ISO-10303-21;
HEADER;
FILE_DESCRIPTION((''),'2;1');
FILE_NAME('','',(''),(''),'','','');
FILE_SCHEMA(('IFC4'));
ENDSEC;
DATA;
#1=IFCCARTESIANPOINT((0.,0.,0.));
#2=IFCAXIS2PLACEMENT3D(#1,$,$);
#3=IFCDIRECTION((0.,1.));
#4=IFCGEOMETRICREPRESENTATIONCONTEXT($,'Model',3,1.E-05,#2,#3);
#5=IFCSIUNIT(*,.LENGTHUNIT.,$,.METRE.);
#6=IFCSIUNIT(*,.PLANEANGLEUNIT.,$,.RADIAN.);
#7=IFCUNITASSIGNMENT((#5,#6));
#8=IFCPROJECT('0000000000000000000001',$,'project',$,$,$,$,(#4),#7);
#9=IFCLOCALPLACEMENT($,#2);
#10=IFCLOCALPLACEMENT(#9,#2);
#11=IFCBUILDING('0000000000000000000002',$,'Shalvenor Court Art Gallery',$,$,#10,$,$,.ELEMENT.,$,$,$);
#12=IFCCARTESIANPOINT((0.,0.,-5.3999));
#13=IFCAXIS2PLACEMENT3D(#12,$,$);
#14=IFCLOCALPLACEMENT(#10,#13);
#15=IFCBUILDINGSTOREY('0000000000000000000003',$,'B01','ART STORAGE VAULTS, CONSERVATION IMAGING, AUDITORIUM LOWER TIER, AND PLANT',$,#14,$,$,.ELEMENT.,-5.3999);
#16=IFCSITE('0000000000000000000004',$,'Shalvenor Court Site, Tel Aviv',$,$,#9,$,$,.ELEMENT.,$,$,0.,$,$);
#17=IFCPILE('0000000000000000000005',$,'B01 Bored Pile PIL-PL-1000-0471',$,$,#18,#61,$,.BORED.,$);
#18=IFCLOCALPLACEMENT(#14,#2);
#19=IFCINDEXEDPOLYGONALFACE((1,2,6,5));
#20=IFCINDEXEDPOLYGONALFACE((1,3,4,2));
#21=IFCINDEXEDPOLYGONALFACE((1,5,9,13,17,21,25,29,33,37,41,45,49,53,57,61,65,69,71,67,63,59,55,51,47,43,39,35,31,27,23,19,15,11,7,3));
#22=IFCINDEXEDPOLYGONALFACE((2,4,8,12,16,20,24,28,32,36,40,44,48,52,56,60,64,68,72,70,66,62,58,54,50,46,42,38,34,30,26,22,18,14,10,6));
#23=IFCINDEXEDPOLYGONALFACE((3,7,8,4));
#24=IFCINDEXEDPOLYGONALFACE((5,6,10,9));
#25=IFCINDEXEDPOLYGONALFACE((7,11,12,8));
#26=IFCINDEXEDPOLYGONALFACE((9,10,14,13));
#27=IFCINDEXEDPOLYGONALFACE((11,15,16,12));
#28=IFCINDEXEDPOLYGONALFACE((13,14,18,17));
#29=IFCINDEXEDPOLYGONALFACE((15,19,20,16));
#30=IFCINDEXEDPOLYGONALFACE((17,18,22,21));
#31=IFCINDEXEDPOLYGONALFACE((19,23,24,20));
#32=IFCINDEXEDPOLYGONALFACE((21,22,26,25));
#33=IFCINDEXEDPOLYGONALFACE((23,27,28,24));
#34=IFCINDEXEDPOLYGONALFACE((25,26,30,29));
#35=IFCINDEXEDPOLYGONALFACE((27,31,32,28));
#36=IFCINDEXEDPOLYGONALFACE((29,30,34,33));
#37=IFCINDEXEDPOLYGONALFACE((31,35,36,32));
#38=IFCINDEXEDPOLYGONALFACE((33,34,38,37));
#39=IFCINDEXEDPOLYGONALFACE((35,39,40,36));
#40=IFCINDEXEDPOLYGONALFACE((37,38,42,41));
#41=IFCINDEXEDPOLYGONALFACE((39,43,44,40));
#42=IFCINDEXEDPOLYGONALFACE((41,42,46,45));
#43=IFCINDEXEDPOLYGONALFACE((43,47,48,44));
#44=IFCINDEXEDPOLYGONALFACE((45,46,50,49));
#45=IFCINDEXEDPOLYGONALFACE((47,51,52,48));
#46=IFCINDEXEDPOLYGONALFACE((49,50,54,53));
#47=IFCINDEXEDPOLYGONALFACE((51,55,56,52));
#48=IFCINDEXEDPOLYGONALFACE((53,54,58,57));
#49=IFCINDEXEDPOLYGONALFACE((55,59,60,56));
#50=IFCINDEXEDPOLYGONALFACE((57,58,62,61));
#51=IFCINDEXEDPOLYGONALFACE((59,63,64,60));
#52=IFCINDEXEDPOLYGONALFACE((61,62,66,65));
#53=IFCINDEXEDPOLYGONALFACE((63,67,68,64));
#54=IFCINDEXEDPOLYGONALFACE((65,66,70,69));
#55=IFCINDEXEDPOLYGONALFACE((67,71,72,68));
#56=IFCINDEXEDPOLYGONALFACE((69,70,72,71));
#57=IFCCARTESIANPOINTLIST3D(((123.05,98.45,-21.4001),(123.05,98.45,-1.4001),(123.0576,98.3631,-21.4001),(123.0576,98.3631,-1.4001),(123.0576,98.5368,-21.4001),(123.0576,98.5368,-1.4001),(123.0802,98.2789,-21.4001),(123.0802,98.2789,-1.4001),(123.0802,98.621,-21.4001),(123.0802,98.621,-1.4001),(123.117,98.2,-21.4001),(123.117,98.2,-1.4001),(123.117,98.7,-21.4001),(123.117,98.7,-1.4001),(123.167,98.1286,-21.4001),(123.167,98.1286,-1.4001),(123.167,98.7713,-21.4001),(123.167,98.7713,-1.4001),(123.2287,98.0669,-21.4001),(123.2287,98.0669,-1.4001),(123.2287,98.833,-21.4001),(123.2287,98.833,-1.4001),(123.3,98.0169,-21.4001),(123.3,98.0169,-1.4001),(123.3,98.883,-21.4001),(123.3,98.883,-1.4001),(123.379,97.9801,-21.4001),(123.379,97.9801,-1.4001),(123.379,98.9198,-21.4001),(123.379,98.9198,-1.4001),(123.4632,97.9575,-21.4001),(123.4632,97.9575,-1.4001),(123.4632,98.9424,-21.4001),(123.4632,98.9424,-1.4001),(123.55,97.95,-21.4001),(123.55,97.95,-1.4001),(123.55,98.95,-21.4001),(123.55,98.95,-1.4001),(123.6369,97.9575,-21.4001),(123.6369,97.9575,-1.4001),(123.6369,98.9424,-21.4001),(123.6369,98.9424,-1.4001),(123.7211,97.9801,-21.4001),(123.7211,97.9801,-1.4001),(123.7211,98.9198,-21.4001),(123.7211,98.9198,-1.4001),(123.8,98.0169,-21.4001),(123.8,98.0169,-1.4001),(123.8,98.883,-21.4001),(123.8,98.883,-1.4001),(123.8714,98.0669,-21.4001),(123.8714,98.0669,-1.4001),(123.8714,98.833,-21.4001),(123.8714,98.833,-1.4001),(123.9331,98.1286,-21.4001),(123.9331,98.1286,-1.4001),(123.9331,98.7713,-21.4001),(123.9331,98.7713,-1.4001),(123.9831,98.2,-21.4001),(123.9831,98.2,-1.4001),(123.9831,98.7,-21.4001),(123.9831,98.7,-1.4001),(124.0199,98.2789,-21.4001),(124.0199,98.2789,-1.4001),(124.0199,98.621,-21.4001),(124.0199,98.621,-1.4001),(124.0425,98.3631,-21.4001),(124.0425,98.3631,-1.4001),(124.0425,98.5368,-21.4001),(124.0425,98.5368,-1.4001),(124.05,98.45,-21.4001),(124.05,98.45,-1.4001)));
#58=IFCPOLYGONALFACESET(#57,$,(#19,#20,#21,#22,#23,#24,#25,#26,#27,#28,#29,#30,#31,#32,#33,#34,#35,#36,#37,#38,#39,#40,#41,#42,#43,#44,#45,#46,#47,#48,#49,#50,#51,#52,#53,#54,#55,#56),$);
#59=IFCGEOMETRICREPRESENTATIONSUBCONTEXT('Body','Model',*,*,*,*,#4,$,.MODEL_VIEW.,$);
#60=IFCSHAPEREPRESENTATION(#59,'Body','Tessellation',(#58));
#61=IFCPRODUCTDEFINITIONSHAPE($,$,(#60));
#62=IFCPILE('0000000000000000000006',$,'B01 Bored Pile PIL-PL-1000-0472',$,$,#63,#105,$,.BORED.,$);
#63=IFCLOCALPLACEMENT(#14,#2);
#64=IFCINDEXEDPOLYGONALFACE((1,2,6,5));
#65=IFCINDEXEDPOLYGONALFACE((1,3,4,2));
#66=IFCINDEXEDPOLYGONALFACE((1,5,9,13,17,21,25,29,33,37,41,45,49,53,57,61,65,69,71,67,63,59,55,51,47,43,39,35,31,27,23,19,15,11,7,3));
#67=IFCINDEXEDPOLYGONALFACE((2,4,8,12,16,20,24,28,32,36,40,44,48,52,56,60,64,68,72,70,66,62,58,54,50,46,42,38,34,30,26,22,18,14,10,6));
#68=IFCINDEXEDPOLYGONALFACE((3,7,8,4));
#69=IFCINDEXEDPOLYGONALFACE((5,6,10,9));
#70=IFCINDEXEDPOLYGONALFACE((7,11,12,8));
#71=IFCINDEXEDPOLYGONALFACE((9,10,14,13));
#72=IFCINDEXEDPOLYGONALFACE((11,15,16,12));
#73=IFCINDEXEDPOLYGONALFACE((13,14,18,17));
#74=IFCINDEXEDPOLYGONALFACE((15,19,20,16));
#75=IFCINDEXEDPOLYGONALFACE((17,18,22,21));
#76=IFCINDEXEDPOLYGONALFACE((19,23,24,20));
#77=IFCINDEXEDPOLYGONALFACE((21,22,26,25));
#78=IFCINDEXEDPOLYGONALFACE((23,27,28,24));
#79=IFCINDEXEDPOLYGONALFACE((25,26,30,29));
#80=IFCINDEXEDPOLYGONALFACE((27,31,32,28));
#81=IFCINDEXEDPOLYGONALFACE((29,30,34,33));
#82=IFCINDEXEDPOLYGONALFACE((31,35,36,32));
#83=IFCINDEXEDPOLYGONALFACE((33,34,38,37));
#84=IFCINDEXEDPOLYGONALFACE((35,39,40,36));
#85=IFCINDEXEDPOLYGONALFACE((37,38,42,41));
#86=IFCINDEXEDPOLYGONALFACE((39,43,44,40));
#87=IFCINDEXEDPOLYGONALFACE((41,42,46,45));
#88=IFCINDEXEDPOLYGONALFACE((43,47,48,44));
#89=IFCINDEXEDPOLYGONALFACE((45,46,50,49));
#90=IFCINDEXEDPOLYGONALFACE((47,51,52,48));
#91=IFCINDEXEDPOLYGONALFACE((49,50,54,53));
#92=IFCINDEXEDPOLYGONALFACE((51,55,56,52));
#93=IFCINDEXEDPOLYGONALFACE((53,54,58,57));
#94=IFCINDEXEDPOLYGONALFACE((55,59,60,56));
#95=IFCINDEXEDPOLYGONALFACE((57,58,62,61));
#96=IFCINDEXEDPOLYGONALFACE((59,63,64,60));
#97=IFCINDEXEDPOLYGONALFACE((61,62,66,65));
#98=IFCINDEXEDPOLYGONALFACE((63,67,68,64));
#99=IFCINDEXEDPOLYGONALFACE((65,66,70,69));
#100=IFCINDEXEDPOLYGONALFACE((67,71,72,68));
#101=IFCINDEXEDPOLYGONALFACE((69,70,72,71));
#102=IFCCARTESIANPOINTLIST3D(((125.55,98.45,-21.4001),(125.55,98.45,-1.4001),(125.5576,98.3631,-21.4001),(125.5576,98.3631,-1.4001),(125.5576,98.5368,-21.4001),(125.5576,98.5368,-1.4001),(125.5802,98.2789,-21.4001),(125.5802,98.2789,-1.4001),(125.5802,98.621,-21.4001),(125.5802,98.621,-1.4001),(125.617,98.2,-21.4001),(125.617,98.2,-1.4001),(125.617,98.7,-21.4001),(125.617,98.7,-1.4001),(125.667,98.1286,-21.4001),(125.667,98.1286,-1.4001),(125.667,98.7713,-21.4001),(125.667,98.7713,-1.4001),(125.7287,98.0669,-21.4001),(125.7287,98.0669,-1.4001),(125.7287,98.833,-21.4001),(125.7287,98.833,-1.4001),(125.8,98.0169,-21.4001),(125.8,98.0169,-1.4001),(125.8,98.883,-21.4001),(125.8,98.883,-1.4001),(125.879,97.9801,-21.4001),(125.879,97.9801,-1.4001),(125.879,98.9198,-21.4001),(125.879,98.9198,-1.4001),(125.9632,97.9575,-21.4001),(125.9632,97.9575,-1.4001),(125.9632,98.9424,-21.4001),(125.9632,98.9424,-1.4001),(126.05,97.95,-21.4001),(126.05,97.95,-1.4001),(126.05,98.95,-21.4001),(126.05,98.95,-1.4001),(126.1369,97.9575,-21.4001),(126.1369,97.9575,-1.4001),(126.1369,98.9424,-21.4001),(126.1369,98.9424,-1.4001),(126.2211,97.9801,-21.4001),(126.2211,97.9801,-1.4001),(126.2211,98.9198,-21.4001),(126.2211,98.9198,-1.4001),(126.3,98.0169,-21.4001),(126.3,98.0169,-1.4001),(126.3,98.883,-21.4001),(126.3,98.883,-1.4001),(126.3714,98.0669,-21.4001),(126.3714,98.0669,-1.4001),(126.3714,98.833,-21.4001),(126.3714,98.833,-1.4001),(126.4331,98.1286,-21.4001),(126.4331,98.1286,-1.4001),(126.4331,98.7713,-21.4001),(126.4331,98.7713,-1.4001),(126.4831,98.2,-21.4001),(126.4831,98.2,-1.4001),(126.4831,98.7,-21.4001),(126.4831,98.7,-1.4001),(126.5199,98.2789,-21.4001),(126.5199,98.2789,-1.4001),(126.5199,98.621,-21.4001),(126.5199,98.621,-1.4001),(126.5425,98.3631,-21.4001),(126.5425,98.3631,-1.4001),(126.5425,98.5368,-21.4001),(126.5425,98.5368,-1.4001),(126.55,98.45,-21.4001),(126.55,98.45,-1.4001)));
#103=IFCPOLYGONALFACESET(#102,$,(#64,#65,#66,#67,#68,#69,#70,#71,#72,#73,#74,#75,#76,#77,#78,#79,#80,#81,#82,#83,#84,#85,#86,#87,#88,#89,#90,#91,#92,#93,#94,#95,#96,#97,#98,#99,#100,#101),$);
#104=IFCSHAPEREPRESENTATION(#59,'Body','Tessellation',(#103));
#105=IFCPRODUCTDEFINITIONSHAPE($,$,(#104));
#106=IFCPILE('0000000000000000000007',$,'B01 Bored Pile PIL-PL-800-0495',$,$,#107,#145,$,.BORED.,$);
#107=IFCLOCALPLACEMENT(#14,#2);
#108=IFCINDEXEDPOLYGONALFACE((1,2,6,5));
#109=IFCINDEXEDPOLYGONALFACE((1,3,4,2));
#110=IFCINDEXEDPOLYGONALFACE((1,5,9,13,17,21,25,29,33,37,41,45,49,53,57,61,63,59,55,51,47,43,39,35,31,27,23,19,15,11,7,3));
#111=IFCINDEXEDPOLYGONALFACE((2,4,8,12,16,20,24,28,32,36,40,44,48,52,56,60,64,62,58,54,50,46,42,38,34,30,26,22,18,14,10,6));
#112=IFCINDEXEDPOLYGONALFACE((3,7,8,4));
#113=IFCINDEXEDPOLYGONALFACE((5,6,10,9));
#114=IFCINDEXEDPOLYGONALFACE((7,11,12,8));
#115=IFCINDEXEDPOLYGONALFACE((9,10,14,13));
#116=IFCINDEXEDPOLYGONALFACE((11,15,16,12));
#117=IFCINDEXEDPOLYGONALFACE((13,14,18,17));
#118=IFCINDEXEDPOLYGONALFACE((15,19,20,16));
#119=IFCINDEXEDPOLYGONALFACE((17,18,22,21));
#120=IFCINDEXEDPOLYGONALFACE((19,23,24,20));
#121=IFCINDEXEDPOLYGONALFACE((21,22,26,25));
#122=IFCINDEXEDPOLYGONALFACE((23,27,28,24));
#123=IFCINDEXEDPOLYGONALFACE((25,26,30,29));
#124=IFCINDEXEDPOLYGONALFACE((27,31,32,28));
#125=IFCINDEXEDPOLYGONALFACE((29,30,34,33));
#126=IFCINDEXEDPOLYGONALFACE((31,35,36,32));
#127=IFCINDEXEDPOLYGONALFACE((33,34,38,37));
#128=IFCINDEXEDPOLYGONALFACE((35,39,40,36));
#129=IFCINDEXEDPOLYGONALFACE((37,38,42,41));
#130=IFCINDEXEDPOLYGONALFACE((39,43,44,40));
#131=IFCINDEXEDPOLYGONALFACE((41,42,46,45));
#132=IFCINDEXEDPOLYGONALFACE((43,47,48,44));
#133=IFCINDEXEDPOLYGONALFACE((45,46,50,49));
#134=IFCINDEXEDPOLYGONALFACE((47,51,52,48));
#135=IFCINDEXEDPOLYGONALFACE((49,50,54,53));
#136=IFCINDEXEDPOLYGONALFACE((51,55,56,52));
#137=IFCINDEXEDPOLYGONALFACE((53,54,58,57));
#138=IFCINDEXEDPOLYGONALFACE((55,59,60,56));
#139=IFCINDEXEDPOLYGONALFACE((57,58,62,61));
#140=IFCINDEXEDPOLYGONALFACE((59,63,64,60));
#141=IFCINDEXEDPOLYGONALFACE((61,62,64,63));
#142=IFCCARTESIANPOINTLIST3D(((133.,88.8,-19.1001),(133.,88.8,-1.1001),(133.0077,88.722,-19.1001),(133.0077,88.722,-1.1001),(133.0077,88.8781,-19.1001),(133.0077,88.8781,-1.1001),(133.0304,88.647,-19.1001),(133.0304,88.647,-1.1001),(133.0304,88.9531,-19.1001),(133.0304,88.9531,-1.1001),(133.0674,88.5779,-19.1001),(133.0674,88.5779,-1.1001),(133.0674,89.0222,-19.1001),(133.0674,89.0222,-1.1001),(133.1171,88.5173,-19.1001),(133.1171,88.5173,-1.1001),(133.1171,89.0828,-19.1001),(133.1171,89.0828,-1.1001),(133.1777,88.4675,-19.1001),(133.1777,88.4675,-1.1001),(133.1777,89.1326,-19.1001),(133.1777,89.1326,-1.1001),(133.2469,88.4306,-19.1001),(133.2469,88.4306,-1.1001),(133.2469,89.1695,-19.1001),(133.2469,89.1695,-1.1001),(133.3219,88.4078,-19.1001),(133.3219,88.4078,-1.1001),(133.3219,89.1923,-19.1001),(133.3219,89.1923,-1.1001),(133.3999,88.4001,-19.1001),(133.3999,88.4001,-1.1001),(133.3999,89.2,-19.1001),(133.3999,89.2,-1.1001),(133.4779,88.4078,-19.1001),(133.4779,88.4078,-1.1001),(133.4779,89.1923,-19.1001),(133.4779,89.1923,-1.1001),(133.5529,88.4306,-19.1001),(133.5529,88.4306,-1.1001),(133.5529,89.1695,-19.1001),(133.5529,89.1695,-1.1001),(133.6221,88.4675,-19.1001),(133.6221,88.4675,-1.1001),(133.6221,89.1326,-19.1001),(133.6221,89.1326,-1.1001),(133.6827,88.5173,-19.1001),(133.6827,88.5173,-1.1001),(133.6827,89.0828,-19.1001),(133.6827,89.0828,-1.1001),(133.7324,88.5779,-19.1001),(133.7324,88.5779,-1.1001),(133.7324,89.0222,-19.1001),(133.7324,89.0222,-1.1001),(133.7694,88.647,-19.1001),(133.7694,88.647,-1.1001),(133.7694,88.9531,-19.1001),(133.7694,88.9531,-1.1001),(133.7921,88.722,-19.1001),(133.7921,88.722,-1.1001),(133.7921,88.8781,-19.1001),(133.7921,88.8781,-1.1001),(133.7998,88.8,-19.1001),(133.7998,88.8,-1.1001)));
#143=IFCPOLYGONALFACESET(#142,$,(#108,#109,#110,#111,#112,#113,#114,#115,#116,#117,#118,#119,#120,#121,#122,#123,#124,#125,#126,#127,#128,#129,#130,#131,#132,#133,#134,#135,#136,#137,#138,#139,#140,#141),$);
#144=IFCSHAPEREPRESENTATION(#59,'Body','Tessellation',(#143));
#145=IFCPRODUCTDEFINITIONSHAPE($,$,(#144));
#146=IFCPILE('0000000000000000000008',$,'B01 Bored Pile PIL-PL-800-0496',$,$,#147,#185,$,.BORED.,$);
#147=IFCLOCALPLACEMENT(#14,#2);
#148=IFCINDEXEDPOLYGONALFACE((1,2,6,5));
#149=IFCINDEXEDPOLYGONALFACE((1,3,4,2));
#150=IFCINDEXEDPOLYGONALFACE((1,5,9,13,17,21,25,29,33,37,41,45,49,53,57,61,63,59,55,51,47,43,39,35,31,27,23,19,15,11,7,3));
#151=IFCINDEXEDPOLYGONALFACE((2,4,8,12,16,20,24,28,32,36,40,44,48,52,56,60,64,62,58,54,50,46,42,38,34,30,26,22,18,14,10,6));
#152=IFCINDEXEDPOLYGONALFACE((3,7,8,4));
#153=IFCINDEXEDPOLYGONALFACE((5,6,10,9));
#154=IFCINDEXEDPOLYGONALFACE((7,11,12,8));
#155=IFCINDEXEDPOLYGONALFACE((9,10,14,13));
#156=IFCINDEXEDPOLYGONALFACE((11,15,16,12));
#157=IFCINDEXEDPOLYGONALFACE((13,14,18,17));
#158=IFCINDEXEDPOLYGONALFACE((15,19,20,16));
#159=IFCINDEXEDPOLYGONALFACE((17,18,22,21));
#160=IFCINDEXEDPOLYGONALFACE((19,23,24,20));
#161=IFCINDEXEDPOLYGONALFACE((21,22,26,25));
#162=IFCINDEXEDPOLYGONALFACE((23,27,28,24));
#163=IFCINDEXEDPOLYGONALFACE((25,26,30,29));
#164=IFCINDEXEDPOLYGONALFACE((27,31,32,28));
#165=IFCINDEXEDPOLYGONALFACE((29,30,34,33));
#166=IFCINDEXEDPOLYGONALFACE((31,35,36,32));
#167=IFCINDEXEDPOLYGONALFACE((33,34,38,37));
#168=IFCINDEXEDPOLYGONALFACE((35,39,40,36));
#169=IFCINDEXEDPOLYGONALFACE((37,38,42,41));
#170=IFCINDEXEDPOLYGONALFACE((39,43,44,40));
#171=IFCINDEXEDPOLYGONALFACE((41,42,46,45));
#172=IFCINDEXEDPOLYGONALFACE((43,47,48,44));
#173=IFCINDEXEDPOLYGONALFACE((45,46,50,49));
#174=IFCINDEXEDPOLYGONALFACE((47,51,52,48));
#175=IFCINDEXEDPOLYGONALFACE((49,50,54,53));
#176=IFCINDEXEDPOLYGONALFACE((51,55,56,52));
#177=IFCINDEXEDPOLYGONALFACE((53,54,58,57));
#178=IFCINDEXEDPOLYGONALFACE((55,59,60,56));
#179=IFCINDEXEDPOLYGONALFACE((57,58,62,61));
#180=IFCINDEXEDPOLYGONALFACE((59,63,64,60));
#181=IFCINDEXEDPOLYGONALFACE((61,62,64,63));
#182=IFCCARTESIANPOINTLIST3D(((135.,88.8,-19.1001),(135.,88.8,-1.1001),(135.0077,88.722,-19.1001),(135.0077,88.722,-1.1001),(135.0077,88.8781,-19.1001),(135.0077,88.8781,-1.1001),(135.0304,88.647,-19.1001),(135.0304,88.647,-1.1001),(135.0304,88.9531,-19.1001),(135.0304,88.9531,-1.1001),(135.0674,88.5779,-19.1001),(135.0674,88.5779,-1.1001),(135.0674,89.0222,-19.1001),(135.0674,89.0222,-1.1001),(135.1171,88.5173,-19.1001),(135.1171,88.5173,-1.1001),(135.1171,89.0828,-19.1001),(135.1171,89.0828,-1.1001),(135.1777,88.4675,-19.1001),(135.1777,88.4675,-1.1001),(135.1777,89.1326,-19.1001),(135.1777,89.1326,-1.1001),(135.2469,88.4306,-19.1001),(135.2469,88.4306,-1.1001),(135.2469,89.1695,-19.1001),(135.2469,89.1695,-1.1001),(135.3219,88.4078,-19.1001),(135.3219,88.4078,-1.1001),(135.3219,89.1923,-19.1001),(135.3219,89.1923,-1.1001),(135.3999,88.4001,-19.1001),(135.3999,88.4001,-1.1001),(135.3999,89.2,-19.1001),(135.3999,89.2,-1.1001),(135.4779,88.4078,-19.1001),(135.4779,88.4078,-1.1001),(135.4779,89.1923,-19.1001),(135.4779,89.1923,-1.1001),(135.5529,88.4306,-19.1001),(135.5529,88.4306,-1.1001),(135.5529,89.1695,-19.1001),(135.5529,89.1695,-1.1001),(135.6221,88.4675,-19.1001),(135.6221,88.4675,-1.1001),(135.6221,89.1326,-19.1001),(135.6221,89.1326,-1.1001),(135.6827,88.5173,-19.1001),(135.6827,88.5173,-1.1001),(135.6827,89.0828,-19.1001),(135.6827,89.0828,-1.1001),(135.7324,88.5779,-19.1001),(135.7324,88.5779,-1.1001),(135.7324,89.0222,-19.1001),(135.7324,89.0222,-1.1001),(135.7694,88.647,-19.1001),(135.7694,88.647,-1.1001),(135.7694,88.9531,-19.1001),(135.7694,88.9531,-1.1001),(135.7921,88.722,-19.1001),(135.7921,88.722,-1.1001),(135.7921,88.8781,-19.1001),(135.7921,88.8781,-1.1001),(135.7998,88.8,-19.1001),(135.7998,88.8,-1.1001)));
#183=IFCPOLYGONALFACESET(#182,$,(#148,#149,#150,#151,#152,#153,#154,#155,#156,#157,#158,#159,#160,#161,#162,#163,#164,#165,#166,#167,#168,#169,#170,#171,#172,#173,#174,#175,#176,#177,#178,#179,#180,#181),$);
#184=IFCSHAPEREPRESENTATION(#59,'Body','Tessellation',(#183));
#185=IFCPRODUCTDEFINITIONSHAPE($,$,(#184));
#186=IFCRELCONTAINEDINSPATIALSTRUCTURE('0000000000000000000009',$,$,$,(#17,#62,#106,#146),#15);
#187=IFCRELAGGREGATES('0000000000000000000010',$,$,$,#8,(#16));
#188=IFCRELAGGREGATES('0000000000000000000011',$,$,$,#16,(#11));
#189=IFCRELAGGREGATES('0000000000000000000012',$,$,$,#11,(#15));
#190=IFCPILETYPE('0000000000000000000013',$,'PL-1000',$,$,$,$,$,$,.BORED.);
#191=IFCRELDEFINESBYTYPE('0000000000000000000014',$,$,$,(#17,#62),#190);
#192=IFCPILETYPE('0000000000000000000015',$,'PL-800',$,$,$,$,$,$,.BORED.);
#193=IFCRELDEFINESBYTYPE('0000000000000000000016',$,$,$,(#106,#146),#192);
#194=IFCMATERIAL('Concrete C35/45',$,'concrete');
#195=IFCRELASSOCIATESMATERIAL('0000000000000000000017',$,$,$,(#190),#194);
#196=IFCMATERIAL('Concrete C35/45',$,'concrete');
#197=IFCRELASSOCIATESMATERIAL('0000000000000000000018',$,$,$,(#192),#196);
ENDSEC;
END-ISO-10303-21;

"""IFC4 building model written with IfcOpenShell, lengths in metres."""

from ifc_helpers import new_model, si_unit, direction, frame, origin, origin_2d, place, context, subcontext, project, spatial, circle, extrude, material, material_profile, profile_set, type_object, element, save


model = new_model("IFC4")

# Units and contexts
model_context = context("Model", 3, precision=1e-05, world=origin(), true_north=direction((0.0, 1.0)))
body_context = subcontext(model_context, "Body", "Model", "MODEL_VIEW")
ifc_project = project(units=[si_unit("LENGTHUNIT", "METRE"), si_unit("PLANEANGLEUNIT", "RADIAN")], contexts=[model_context])

# Site, building, storey
site_placement = place(None, origin())
site = spatial("IfcSite", under=ifc_project, at=site_placement, Name="Shalvenor Court Site, Tel Aviv", CompositionType="ELEMENT", RefElevation=0.0)
building_placement = place(site_placement, origin())
building = spatial("IfcBuilding", under=site, at=building_placement, Name="Shalvenor Court Art Gallery", CompositionType="ELEMENT")
storey_placement = place(building_placement, frame((0.0, 0.0, -5.3999)))
storey = spatial("IfcBuildingStorey", under=building, at=storey_placement, Name="B01", Description="ART STORAGE VAULTS, CONSERVATION IMAGING, AUDITORIUM LOWER TIER, AND PLANT", CompositionType="ELEMENT", Elevation=-5.3999)

# Piles
ifc_material_1 = material(Name="Concrete C35/45", Category="concrete")
ifc_material_profile_1 = material_profile(ifc_material_1, circle(Radius=0.5, at=origin_2d()), Name="PILE 1000")
ifc_profile_set_1 = profile_set([ifc_material_profile_1], Name="Concrete C35/45")
pile_type_1 = type_object("IfcPileType", Name="PL-1000", PredefinedType="BORED", material=ifc_profile_set_1)
for number, where, z_axis, x_axis, name in (
    (1, (123.55, 98.45, -1.4001), (0.0, 0.0, -1.0), (1.0, 0.0, 0.0), "B01 Bored Pile PIL-PL-1000-0471"),
    (2, (126.05, 98.45, -1.4001), (0.0, 0.0, -1.0), (1.0, 0.0, 0.0), "B01 Bored Pile PIL-PL-1000-0472"),
):
    element("IfcPile", number, at=place(storey_placement, frame(where, z_axis=z_axis, x_axis=x_axis)), inside=storey, type_object=pile_type_1, Name=name, PredefinedType="BORED", context=body_context, shape_type="SweptSolid", body=[
        extrude(circle(Radius=0.5, at=origin_2d()), origin(), (0.0, 0.0, 1.0), 20.0),
    ])
ifc_material_2 = material(Name="Concrete C35/45", Category="concrete")
ifc_material_profile_2 = material_profile(ifc_material_2, circle(Radius=0.3999, at=origin_2d()), Name="PILE 800")
ifc_profile_set_2 = profile_set([ifc_material_profile_2], Name="Concrete C35/45")
pile_type_2 = type_object("IfcPileType", Name="PL-800", PredefinedType="BORED", material=ifc_profile_set_2)
for number, where, z_axis, x_axis, name in (
    (3, (133.3999, 88.8, -1.1001), (0.0, 0.0, -1.0), (1.0, 0.0, 0.0), "B01 Bored Pile PIL-PL-800-0495"),
    (4, (135.3999, 88.8, -1.1001), (0.0, 0.0, -1.0), (1.0, 0.0, 0.0), "B01 Bored Pile PIL-PL-800-0496"),
):
    element("IfcPile", number, at=place(storey_placement, frame(where, z_axis=z_axis, x_axis=x_axis)), inside=storey, type_object=pile_type_2, Name=name, PredefinedType="BORED", context=body_context, shape_type="SweptSolid", body=[
        extrude(circle(Radius=0.3999, at=origin_2d()), origin(), (0.0, 0.0, 1.0), 18.0),
    ])

save(model, "model.ifc")
